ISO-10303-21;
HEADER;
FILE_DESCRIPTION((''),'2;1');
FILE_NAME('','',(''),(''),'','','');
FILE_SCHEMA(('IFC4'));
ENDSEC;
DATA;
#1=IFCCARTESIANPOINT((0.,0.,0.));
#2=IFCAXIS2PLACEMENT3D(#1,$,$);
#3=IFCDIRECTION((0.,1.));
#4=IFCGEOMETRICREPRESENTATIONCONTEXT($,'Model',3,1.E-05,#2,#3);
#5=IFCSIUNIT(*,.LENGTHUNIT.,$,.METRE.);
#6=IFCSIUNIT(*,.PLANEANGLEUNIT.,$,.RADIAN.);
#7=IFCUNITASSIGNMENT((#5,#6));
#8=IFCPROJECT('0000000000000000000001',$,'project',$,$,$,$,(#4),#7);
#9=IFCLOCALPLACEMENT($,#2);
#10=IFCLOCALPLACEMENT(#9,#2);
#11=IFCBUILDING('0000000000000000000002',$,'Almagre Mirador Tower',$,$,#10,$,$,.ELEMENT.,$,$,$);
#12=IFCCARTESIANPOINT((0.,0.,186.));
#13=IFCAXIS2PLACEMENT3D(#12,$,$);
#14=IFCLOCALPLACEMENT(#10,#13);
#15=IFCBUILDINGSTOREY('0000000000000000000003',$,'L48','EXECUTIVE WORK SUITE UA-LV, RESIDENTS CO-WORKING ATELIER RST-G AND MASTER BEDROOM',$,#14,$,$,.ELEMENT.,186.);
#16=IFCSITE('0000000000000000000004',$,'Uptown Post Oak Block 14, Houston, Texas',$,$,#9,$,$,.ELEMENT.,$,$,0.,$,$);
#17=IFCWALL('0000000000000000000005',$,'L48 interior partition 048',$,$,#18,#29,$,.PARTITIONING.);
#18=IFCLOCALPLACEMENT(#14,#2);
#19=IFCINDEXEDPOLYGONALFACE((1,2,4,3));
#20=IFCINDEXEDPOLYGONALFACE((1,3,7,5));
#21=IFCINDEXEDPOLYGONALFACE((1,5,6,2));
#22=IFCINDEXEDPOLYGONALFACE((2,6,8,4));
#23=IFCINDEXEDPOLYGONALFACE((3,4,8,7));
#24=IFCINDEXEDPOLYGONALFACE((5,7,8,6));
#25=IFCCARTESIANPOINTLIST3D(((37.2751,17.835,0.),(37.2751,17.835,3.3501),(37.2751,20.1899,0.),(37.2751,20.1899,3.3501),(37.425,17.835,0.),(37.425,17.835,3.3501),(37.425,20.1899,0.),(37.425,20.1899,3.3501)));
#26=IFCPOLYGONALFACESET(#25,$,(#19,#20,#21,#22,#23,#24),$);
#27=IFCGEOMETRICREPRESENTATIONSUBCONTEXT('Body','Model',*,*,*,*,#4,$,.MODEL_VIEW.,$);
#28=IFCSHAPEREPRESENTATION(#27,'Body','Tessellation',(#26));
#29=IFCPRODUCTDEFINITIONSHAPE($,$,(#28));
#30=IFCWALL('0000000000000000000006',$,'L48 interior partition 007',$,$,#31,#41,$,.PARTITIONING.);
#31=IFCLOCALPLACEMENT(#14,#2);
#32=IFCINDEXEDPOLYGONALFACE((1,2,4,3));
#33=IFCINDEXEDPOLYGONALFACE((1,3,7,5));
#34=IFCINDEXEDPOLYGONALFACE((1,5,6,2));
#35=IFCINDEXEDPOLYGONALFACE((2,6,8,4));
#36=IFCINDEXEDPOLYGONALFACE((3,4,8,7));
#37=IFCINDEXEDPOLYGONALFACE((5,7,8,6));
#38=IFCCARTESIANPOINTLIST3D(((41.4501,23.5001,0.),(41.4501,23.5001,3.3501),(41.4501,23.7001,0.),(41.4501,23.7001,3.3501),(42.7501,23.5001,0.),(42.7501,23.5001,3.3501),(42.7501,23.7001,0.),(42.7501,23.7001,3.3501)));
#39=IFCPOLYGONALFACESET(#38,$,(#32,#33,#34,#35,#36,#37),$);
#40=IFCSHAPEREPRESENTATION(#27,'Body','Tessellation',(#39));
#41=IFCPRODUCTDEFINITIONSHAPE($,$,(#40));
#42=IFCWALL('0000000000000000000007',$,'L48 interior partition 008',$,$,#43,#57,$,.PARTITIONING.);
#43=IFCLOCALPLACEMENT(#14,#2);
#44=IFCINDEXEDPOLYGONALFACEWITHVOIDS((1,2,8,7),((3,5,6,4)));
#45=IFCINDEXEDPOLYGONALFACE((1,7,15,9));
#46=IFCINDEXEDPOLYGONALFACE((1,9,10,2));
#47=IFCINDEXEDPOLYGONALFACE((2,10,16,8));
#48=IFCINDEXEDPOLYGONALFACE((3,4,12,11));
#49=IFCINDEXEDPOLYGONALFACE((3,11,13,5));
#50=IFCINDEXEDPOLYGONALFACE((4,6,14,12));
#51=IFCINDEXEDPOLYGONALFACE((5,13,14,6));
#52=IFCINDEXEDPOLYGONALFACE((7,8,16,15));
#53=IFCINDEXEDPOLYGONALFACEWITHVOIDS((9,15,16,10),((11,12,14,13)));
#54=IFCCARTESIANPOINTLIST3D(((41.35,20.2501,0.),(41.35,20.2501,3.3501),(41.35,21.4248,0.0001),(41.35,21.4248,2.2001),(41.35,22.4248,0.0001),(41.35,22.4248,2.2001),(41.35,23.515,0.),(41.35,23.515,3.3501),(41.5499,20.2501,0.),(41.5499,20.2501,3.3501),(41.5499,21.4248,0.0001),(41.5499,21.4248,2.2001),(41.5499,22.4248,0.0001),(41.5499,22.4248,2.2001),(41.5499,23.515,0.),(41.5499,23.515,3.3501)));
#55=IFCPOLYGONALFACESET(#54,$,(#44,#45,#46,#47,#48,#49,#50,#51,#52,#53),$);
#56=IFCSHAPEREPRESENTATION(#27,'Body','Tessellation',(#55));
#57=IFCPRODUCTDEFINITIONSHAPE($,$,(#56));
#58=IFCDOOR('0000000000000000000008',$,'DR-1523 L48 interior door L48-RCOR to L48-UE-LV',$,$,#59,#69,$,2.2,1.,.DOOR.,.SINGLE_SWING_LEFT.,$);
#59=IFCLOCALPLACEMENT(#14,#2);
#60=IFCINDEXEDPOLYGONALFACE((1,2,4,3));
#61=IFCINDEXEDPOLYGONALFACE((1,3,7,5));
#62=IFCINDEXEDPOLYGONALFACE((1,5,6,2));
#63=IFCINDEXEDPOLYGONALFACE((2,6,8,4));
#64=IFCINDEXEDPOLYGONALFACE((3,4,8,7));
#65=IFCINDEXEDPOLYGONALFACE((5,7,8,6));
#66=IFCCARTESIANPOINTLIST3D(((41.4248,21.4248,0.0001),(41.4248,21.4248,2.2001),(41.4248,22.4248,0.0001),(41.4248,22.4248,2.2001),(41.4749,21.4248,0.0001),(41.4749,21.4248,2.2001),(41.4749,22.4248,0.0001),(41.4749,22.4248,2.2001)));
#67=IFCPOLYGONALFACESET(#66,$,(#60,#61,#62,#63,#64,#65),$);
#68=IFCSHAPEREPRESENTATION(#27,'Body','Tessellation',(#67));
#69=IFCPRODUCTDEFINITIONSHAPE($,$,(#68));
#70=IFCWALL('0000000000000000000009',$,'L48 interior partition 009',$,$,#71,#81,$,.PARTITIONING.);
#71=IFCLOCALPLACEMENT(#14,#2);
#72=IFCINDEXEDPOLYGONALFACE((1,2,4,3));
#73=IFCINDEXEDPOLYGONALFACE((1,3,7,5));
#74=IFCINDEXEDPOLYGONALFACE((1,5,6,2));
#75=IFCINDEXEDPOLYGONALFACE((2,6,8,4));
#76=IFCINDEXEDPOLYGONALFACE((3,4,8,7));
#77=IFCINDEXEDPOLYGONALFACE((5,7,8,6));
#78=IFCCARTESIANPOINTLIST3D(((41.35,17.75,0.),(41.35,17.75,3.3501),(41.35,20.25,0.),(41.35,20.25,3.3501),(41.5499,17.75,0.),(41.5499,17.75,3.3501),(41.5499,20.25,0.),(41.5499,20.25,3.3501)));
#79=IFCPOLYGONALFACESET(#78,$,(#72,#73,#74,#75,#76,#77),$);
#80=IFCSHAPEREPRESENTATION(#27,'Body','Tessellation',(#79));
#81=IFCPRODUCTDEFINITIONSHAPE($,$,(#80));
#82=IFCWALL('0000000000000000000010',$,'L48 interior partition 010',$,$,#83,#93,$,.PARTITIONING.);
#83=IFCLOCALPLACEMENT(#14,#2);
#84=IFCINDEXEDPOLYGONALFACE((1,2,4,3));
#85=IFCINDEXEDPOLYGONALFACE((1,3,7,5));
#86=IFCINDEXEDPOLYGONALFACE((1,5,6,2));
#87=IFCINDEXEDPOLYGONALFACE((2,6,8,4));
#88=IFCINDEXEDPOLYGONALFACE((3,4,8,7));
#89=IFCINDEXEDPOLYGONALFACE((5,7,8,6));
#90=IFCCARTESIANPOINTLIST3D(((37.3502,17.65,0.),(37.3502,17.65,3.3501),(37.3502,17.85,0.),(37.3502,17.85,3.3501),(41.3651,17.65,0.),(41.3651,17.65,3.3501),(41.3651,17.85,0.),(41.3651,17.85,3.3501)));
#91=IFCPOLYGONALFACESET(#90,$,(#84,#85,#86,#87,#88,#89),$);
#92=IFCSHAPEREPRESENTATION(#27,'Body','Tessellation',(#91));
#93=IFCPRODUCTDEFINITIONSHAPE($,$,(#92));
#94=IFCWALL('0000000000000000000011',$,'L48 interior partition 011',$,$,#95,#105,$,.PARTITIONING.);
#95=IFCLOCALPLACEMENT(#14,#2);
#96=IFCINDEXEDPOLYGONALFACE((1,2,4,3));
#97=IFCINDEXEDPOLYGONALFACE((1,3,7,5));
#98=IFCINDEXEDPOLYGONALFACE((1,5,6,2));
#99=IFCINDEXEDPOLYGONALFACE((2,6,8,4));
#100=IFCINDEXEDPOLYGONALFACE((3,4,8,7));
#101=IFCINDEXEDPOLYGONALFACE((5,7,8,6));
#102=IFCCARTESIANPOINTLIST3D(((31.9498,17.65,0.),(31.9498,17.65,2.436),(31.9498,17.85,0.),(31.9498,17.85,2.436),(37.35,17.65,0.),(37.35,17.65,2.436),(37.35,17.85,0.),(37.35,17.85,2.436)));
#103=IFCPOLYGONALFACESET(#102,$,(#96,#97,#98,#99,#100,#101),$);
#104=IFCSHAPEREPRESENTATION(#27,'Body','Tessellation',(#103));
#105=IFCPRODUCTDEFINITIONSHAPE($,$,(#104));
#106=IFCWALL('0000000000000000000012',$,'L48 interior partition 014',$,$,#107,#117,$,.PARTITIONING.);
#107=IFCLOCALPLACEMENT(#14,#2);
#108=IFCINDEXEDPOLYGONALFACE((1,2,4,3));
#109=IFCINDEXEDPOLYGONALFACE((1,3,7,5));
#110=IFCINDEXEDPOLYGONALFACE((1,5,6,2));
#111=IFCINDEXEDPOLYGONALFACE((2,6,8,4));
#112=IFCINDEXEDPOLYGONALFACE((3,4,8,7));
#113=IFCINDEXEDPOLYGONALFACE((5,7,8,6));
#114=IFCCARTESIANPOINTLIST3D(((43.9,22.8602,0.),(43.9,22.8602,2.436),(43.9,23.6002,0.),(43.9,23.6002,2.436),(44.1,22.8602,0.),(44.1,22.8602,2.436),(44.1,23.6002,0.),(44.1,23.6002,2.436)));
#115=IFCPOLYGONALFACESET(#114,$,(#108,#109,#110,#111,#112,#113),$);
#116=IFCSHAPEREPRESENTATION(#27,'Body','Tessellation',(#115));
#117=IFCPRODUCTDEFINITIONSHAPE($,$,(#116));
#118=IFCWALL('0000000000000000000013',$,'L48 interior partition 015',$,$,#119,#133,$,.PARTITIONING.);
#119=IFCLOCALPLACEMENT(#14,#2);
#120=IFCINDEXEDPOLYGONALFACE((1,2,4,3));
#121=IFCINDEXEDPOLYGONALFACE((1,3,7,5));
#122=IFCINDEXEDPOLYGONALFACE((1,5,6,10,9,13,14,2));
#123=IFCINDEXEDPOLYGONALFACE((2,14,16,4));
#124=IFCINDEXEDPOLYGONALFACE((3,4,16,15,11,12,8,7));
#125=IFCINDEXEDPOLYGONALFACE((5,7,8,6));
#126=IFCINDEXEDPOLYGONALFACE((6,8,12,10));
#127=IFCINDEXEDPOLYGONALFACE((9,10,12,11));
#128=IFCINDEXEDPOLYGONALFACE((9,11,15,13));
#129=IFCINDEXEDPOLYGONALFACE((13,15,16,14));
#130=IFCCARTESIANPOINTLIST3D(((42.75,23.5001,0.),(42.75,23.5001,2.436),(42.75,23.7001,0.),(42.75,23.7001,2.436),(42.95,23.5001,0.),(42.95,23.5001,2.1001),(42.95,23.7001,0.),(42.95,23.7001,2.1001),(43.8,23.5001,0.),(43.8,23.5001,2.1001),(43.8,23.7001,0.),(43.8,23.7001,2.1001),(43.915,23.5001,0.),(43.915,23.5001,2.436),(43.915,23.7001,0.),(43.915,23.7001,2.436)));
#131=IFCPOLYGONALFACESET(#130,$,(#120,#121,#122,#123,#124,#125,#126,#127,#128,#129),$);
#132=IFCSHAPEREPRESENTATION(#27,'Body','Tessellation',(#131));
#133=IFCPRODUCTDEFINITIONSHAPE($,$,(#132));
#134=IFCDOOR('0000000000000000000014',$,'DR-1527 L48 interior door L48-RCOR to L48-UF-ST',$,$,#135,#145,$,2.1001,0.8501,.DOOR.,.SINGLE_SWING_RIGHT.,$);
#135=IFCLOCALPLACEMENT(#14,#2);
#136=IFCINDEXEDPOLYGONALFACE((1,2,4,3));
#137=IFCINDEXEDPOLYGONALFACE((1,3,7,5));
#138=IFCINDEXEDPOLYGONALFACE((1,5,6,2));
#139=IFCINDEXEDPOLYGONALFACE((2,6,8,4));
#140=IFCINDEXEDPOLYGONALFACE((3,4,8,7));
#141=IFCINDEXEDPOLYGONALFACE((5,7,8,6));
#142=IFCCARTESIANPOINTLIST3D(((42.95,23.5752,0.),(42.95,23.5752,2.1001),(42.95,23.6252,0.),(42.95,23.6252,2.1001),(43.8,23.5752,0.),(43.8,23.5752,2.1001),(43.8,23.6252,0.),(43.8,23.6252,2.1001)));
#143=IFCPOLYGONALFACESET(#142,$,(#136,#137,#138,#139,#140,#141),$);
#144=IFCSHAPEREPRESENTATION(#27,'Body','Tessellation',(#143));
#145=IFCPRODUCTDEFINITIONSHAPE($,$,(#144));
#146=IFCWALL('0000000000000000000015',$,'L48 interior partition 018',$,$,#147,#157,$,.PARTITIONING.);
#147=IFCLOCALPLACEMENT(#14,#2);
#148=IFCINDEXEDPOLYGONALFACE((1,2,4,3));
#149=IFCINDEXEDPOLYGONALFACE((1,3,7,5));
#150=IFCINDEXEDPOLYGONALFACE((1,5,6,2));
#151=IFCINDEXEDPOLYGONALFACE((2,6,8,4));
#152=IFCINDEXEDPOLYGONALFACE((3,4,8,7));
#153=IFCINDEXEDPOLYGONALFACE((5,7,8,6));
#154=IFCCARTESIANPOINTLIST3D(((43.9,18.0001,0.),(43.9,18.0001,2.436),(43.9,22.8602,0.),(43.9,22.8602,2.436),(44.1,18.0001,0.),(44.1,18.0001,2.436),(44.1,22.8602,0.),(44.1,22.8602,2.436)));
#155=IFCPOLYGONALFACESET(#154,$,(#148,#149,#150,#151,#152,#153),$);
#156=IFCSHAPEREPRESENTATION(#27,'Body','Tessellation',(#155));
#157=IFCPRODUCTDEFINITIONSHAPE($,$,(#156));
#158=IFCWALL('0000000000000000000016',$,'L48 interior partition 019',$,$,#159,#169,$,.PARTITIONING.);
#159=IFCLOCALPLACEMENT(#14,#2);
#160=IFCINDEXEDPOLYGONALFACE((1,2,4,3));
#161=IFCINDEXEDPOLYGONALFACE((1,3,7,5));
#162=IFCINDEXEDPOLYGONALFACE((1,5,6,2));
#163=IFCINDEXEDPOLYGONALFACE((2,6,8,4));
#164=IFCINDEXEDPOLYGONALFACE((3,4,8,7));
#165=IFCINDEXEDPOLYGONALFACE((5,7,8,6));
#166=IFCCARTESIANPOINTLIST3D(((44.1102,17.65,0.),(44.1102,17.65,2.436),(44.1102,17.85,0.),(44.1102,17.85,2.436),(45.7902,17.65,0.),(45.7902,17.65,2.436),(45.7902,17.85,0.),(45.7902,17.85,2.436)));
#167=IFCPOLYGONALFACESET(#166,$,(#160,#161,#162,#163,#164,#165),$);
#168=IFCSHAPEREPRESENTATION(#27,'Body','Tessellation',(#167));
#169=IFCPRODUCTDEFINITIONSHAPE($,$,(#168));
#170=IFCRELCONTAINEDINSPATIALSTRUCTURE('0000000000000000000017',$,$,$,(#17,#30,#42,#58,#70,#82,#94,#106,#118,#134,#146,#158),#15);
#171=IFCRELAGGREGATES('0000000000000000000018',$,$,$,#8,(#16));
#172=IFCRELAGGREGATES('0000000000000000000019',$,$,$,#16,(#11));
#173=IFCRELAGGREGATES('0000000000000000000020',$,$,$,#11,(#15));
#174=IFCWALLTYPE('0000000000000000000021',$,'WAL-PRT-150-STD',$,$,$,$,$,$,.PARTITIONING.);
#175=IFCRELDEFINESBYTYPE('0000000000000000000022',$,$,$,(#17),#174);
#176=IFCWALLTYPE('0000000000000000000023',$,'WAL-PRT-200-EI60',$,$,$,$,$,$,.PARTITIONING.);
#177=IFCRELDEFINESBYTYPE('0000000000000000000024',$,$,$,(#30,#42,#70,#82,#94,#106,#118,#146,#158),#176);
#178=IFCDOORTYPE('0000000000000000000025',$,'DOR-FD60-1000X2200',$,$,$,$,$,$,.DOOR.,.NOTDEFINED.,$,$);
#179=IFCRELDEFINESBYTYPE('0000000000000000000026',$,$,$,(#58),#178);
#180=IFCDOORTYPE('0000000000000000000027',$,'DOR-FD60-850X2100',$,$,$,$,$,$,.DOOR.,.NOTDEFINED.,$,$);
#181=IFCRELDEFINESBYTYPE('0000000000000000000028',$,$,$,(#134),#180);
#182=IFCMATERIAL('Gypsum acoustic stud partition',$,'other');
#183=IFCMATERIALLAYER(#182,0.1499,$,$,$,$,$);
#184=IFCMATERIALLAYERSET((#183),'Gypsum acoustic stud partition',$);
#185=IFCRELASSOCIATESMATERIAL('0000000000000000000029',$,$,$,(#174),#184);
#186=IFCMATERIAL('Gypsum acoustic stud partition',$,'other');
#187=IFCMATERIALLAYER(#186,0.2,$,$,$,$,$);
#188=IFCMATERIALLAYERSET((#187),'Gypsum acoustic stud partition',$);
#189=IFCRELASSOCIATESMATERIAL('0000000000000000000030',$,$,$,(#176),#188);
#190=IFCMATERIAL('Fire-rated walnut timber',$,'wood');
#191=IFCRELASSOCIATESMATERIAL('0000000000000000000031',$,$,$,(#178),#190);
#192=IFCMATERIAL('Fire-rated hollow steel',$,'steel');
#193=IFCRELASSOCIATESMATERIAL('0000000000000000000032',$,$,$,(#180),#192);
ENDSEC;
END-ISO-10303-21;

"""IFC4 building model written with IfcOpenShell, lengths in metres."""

from ifc_helpers import new_model, si_unit, direction, frame, frame_2d, origin, place, context, subcontext, project, spatial, rectangle, extrude, material, layer, layer_set, type_object, element, fill, save


model = new_model("IFC4")

# Units and contexts
model_context = context("Model", 3, precision=1e-05, world=origin(), true_north=direction((0.0, 1.0)))
body_context = subcontext(model_context, "Body", "Model", "MODEL_VIEW")
ifc_project = project(units=[si_unit("LENGTHUNIT", "METRE"), si_unit("PLANEANGLEUNIT", "RADIAN")], contexts=[model_context])

# Site, building, storey
site_placement = place(None, origin())
site = spatial("IfcSite", under=ifc_project, at=site_placement, Name="Uptown Post Oak Block 14, Houston, Texas", CompositionType="ELEMENT", RefElevation=0.0)
building_placement = place(site_placement, origin())
building = spatial("IfcBuilding", under=site, at=building_placement, Name="Almagre Mirador Tower", CompositionType="ELEMENT")
storey_placement = place(building_placement, frame((0.0, 0.0, 186.0)))
storey = spatial("IfcBuildingStorey", under=building, at=storey_placement, Name="L48", Description="EXECUTIVE WORK SUITE UA-LV, RESIDENTS CO-WORKING ATELIER RST-G AND MASTER BEDROOM", CompositionType="ELEMENT", Elevation=186.0)

# Shared definitions
ifc_material_1 = material(Name="Gypsum acoustic stud partition", Category="other")
ifc_layer_1 = layer(ifc_material_1, 0.1499)
ifc_layer_set_1 = layer_set([ifc_layer_1], Name="Gypsum acoustic stud partition")
wall_type_1 = type_object("IfcWallType", Name="WAL-PRT-150-STD", PredefinedType="PARTITIONING", material=ifc_layer_set_1)

# Walls
wall_1_placement = place(storey_placement, frame((37.3501, 20.1899, 0.0), z_axis=(0.0, 0.0, 1.0), x_axis=(0.0, -1.0, 0.0)))
element("IfcWall", 1, at=wall_1_placement, inside=storey, type_object=wall_type_1, Name="L48 interior partition 048", PredefinedType="PARTITIONING", context=body_context, shape_type="SweptSolid", body=[
    extrude(rectangle(XDim=2.355, YDim=0.1499, at=frame_2d((1.1775, 0.0))), origin(), (0.0, 0.0, 1.0), 3.3501),
])
ifc_material_2 = material(Name="Gypsum acoustic stud partition", Category="other")
ifc_layer_2 = layer(ifc_material_2, 0.2)
ifc_layer_set_2 = layer_set([ifc_layer_2], Name="Gypsum acoustic stud partition")
wall_type_2 = type_object("IfcWallType", Name="WAL-PRT-200-EI60", PredefinedType="PARTITIONING", material=ifc_layer_set_2)
wall_2_placement = place(storey_placement, frame((42.75, 23.6001, 0.0), z_axis=(0.0, 0.0, 1.0), x_axis=(-1.0, 0.0, 0.0)))
element("IfcWall", 2, at=wall_2_placement, inside=storey, type_object=wall_type_2, Name="L48 interior partition 007", PredefinedType="PARTITIONING", context=body_context, shape_type="SweptSolid", body=[
    extrude(rectangle(XDim=1.3, YDim=0.2, at=frame_2d((0.6499, 0.0))), origin(), (0.0, 0.0, 1.0), 3.3501),
])

# Wall, opening, door
wall_3_placement = place(storey_placement, frame((41.45, 23.5149, 0.0), z_axis=(0.0, 0.0, 1.0), x_axis=(0.0, -1.0, 0.0)))
wall_3 = element("IfcWall", 3, at=wall_3_placement, inside=storey, type_object=wall_type_2, Name="L48 interior partition 008", PredefinedType="PARTITIONING", context=body_context, shape_type="SweptSolid", body=[
    extrude(rectangle(XDim=3.2649, YDim=0.2, at=frame_2d((1.6323, 0.0))), origin(), (0.0, 0.0, 1.0), 3.3501),
])
opening_1_placement = place(wall_3_placement, frame((1.0901, 0.0, 0.0)))
opening_1 = element("IfcOpeningElement", 4, at=opening_1_placement, cuts=wall_3, PredefinedType="OPENING", context=body_context, shape_type="SweptSolid", body=[
    extrude(rectangle(XDim=1.0, YDim=2.2, at=frame_2d((0.5, 1.1001))), frame((0.0, 0.1101, 0.0), z_axis=(0.0, -1.0, 0.0), x_axis=(1.0, 0.0, 0.0)), (0.0, 0.0, 1.0), 0.22),
])
ifc_material_3 = material(Name="Fire-rated walnut timber", Category="wood")
door_type_1 = type_object("IfcDoorType", Name="DOR-FD60-1000X2200", OperationType="NOTDEFINED", PredefinedType="DOOR", material=ifc_material_3)
door_1_placement = place(opening_1_placement, origin())
door_1 = element("IfcDoor", 5, at=door_1_placement, inside=storey, type_object=door_type_1, Name="DR-1523 L48 interior door L48-RCOR to L48-UE-LV", OperationType="SINGLE_SWING_LEFT", OverallHeight=2.2, OverallWidth=1.0, PredefinedType="DOOR", context=body_context, shape_type="SweptSolid", body=[
    extrude(rectangle(XDim=1.0, YDim=2.2, at=frame_2d((0.5, 1.1001))), frame((0.0, 0.0249, 0.0), z_axis=(0.0, -1.0, 0.0), x_axis=(1.0, 0.0, 0.0)), (0.0, 0.0, 1.0), 0.05),
])
fill(opening_1, door_1)

# Walls
wall_4_placement = place(storey_placement, frame((41.45, 20.25, 0.0), z_axis=(0.0, 0.0, 1.0), x_axis=(0.0, -1.0, 0.0)))
element("IfcWall", 6, at=wall_4_placement, inside=storey, type_object=wall_type_2, Name="L48 interior partition 009", PredefinedType="PARTITIONING", context=body_context, shape_type="SweptSolid", body=[
    extrude(rectangle(XDim=2.5, YDim=0.2, at=frame_2d((1.25, 0.0))), origin(), (0.0, 0.0, 1.0), 3.3501),
])
wall_5_placement = place(storey_placement, frame((41.365, 17.75, 0.0), z_axis=(0.0, 0.0, 1.0), x_axis=(-1.0, 0.0, 0.0)))
element("IfcWall", 7, at=wall_5_placement, inside=storey, type_object=wall_type_2, Name="L48 interior partition 010", PredefinedType="PARTITIONING", context=body_context, shape_type="SweptSolid", body=[
    extrude(rectangle(XDim=4.0149, YDim=0.2, at=frame_2d((2.0073, 0.0))), origin(), (0.0, 0.0, 1.0), 3.3501),
])
wall_6_placement = place(storey_placement, frame((37.3501, 17.75, 0.0), z_axis=(0.0, 0.0, 1.0), x_axis=(-1.0, 0.0, 0.0)))
element("IfcWall", 8, at=wall_6_placement, inside=storey, type_object=wall_type_2, Name="L48 interior partition 011", PredefinedType="PARTITIONING", context=body_context, shape_type="SweptSolid", body=[
    extrude(rectangle(XDim=5.4001, YDim=0.2, at=frame_2d((2.7002, 0.0))), origin(), (0.0, 0.0, 1.0), 2.436),
])
wall_7_placement = place(storey_placement, frame((44.0, 22.8601, 0.0), z_axis=(0.0, 0.0, 1.0), x_axis=(0.0, 1.0, 0.0)))
element("IfcWall", 9, at=wall_7_placement, inside=storey, type_object=wall_type_2, Name="L48 interior partition 014", PredefinedType="PARTITIONING", context=body_context, shape_type="SweptSolid", body=[
    extrude(rectangle(XDim=0.74, YDim=0.2, at=frame_2d((0.3701, 0.0))), origin(), (0.0, 0.0, 1.0), 2.436),
])

# Wall, opening, door
wall_8_placement = place(storey_placement, frame((43.915, 23.6001, 0.0), z_axis=(0.0, 0.0, 1.0), x_axis=(-1.0, 0.0, 0.0)))
wall_8 = element("IfcWall", 10, at=wall_8_placement, inside=storey, type_object=wall_type_2, Name="L48 interior partition 015", PredefinedType="PARTITIONING", context=body_context, shape_type="SweptSolid", body=[
    extrude(rectangle(XDim=1.165, YDim=0.2, at=frame_2d((0.5825, 0.0))), origin(), (0.0, 0.0, 1.0), 2.436),
])
opening_2_placement = place(wall_8_placement, frame((0.115, 0.0, 0.0)))
opening_2 = element("IfcOpeningElement", 11, at=opening_2_placement, cuts=wall_8, PredefinedType="OPENING", context=body_context, shape_type="SweptSolid", body=[
    extrude(rectangle(XDim=0.8501, YDim=2.1001, at=frame_2d((0.425, 1.05))), frame((0.0, 0.1101, 0.0), z_axis=(0.0, -1.0, 0.0), x_axis=(1.0, 0.0, 0.0)), (0.0, 0.0, 1.0), 0.22),
])
ifc_material_4 = material(Name="Fire-rated hollow steel", Category="steel")
door_type_2 = type_object("IfcDoorType", Name="DOR-FD60-850X2100", OperationType="NOTDEFINED", PredefinedType="DOOR", material=ifc_material_4)
door_2_placement = place(opening_2_placement, origin())
door_2 = element("IfcDoor", 12, at=door_2_placement, inside=storey, type_object=door_type_2, Name="DR-1527 L48 interior door L48-RCOR to L48-UF-ST", OperationType="SINGLE_SWING_RIGHT", OverallHeight=2.1001, OverallWidth=0.8501, PredefinedType="DOOR", context=body_context, shape_type="SweptSolid", body=[
    extrude(rectangle(XDim=0.8501, YDim=2.1001, at=frame_2d((0.425, 1.05))), frame((0.0, 0.0249, 0.0), z_axis=(0.0, -1.0, 0.0), x_axis=(1.0, 0.0, 0.0)), (0.0, 0.0, 1.0), 0.05),
])
fill(opening_2, door_2)

# Walls
wall_9_placement = place(storey_placement, frame((44.0, 18.0, 0.0), z_axis=(0.0, 0.0, 1.0), x_axis=(0.0, 1.0, 0.0)))
element("IfcWall", 13, at=wall_9_placement, inside=storey, type_object=wall_type_2, Name="L48 interior partition 018", PredefinedType="PARTITIONING", context=body_context, shape_type="SweptSolid", body=[
    extrude(rectangle(XDim=4.8601, YDim=0.2, at=frame_2d((2.4302, 0.0))), origin(), (0.0, 0.0, 1.0), 2.436),
])
wall_10_placement = place(storey_placement, frame((45.79, 17.75, 0.0), z_axis=(0.0, 0.0, 1.0), x_axis=(-1.0, 0.0, 0.0)))
element("IfcWall", 14, at=wall_10_placement, inside=storey, type_object=wall_type_2, Name="L48 interior partition 019", PredefinedType="PARTITIONING", context=body_context, shape_type="SweptSolid", body=[
    extrude(rectangle(XDim=1.6799, YDim=0.2, at=frame_2d((0.8398, 0.0))), origin(), (0.0, 0.0, 1.0), 2.436),
])

save(model, "model.ifc")
